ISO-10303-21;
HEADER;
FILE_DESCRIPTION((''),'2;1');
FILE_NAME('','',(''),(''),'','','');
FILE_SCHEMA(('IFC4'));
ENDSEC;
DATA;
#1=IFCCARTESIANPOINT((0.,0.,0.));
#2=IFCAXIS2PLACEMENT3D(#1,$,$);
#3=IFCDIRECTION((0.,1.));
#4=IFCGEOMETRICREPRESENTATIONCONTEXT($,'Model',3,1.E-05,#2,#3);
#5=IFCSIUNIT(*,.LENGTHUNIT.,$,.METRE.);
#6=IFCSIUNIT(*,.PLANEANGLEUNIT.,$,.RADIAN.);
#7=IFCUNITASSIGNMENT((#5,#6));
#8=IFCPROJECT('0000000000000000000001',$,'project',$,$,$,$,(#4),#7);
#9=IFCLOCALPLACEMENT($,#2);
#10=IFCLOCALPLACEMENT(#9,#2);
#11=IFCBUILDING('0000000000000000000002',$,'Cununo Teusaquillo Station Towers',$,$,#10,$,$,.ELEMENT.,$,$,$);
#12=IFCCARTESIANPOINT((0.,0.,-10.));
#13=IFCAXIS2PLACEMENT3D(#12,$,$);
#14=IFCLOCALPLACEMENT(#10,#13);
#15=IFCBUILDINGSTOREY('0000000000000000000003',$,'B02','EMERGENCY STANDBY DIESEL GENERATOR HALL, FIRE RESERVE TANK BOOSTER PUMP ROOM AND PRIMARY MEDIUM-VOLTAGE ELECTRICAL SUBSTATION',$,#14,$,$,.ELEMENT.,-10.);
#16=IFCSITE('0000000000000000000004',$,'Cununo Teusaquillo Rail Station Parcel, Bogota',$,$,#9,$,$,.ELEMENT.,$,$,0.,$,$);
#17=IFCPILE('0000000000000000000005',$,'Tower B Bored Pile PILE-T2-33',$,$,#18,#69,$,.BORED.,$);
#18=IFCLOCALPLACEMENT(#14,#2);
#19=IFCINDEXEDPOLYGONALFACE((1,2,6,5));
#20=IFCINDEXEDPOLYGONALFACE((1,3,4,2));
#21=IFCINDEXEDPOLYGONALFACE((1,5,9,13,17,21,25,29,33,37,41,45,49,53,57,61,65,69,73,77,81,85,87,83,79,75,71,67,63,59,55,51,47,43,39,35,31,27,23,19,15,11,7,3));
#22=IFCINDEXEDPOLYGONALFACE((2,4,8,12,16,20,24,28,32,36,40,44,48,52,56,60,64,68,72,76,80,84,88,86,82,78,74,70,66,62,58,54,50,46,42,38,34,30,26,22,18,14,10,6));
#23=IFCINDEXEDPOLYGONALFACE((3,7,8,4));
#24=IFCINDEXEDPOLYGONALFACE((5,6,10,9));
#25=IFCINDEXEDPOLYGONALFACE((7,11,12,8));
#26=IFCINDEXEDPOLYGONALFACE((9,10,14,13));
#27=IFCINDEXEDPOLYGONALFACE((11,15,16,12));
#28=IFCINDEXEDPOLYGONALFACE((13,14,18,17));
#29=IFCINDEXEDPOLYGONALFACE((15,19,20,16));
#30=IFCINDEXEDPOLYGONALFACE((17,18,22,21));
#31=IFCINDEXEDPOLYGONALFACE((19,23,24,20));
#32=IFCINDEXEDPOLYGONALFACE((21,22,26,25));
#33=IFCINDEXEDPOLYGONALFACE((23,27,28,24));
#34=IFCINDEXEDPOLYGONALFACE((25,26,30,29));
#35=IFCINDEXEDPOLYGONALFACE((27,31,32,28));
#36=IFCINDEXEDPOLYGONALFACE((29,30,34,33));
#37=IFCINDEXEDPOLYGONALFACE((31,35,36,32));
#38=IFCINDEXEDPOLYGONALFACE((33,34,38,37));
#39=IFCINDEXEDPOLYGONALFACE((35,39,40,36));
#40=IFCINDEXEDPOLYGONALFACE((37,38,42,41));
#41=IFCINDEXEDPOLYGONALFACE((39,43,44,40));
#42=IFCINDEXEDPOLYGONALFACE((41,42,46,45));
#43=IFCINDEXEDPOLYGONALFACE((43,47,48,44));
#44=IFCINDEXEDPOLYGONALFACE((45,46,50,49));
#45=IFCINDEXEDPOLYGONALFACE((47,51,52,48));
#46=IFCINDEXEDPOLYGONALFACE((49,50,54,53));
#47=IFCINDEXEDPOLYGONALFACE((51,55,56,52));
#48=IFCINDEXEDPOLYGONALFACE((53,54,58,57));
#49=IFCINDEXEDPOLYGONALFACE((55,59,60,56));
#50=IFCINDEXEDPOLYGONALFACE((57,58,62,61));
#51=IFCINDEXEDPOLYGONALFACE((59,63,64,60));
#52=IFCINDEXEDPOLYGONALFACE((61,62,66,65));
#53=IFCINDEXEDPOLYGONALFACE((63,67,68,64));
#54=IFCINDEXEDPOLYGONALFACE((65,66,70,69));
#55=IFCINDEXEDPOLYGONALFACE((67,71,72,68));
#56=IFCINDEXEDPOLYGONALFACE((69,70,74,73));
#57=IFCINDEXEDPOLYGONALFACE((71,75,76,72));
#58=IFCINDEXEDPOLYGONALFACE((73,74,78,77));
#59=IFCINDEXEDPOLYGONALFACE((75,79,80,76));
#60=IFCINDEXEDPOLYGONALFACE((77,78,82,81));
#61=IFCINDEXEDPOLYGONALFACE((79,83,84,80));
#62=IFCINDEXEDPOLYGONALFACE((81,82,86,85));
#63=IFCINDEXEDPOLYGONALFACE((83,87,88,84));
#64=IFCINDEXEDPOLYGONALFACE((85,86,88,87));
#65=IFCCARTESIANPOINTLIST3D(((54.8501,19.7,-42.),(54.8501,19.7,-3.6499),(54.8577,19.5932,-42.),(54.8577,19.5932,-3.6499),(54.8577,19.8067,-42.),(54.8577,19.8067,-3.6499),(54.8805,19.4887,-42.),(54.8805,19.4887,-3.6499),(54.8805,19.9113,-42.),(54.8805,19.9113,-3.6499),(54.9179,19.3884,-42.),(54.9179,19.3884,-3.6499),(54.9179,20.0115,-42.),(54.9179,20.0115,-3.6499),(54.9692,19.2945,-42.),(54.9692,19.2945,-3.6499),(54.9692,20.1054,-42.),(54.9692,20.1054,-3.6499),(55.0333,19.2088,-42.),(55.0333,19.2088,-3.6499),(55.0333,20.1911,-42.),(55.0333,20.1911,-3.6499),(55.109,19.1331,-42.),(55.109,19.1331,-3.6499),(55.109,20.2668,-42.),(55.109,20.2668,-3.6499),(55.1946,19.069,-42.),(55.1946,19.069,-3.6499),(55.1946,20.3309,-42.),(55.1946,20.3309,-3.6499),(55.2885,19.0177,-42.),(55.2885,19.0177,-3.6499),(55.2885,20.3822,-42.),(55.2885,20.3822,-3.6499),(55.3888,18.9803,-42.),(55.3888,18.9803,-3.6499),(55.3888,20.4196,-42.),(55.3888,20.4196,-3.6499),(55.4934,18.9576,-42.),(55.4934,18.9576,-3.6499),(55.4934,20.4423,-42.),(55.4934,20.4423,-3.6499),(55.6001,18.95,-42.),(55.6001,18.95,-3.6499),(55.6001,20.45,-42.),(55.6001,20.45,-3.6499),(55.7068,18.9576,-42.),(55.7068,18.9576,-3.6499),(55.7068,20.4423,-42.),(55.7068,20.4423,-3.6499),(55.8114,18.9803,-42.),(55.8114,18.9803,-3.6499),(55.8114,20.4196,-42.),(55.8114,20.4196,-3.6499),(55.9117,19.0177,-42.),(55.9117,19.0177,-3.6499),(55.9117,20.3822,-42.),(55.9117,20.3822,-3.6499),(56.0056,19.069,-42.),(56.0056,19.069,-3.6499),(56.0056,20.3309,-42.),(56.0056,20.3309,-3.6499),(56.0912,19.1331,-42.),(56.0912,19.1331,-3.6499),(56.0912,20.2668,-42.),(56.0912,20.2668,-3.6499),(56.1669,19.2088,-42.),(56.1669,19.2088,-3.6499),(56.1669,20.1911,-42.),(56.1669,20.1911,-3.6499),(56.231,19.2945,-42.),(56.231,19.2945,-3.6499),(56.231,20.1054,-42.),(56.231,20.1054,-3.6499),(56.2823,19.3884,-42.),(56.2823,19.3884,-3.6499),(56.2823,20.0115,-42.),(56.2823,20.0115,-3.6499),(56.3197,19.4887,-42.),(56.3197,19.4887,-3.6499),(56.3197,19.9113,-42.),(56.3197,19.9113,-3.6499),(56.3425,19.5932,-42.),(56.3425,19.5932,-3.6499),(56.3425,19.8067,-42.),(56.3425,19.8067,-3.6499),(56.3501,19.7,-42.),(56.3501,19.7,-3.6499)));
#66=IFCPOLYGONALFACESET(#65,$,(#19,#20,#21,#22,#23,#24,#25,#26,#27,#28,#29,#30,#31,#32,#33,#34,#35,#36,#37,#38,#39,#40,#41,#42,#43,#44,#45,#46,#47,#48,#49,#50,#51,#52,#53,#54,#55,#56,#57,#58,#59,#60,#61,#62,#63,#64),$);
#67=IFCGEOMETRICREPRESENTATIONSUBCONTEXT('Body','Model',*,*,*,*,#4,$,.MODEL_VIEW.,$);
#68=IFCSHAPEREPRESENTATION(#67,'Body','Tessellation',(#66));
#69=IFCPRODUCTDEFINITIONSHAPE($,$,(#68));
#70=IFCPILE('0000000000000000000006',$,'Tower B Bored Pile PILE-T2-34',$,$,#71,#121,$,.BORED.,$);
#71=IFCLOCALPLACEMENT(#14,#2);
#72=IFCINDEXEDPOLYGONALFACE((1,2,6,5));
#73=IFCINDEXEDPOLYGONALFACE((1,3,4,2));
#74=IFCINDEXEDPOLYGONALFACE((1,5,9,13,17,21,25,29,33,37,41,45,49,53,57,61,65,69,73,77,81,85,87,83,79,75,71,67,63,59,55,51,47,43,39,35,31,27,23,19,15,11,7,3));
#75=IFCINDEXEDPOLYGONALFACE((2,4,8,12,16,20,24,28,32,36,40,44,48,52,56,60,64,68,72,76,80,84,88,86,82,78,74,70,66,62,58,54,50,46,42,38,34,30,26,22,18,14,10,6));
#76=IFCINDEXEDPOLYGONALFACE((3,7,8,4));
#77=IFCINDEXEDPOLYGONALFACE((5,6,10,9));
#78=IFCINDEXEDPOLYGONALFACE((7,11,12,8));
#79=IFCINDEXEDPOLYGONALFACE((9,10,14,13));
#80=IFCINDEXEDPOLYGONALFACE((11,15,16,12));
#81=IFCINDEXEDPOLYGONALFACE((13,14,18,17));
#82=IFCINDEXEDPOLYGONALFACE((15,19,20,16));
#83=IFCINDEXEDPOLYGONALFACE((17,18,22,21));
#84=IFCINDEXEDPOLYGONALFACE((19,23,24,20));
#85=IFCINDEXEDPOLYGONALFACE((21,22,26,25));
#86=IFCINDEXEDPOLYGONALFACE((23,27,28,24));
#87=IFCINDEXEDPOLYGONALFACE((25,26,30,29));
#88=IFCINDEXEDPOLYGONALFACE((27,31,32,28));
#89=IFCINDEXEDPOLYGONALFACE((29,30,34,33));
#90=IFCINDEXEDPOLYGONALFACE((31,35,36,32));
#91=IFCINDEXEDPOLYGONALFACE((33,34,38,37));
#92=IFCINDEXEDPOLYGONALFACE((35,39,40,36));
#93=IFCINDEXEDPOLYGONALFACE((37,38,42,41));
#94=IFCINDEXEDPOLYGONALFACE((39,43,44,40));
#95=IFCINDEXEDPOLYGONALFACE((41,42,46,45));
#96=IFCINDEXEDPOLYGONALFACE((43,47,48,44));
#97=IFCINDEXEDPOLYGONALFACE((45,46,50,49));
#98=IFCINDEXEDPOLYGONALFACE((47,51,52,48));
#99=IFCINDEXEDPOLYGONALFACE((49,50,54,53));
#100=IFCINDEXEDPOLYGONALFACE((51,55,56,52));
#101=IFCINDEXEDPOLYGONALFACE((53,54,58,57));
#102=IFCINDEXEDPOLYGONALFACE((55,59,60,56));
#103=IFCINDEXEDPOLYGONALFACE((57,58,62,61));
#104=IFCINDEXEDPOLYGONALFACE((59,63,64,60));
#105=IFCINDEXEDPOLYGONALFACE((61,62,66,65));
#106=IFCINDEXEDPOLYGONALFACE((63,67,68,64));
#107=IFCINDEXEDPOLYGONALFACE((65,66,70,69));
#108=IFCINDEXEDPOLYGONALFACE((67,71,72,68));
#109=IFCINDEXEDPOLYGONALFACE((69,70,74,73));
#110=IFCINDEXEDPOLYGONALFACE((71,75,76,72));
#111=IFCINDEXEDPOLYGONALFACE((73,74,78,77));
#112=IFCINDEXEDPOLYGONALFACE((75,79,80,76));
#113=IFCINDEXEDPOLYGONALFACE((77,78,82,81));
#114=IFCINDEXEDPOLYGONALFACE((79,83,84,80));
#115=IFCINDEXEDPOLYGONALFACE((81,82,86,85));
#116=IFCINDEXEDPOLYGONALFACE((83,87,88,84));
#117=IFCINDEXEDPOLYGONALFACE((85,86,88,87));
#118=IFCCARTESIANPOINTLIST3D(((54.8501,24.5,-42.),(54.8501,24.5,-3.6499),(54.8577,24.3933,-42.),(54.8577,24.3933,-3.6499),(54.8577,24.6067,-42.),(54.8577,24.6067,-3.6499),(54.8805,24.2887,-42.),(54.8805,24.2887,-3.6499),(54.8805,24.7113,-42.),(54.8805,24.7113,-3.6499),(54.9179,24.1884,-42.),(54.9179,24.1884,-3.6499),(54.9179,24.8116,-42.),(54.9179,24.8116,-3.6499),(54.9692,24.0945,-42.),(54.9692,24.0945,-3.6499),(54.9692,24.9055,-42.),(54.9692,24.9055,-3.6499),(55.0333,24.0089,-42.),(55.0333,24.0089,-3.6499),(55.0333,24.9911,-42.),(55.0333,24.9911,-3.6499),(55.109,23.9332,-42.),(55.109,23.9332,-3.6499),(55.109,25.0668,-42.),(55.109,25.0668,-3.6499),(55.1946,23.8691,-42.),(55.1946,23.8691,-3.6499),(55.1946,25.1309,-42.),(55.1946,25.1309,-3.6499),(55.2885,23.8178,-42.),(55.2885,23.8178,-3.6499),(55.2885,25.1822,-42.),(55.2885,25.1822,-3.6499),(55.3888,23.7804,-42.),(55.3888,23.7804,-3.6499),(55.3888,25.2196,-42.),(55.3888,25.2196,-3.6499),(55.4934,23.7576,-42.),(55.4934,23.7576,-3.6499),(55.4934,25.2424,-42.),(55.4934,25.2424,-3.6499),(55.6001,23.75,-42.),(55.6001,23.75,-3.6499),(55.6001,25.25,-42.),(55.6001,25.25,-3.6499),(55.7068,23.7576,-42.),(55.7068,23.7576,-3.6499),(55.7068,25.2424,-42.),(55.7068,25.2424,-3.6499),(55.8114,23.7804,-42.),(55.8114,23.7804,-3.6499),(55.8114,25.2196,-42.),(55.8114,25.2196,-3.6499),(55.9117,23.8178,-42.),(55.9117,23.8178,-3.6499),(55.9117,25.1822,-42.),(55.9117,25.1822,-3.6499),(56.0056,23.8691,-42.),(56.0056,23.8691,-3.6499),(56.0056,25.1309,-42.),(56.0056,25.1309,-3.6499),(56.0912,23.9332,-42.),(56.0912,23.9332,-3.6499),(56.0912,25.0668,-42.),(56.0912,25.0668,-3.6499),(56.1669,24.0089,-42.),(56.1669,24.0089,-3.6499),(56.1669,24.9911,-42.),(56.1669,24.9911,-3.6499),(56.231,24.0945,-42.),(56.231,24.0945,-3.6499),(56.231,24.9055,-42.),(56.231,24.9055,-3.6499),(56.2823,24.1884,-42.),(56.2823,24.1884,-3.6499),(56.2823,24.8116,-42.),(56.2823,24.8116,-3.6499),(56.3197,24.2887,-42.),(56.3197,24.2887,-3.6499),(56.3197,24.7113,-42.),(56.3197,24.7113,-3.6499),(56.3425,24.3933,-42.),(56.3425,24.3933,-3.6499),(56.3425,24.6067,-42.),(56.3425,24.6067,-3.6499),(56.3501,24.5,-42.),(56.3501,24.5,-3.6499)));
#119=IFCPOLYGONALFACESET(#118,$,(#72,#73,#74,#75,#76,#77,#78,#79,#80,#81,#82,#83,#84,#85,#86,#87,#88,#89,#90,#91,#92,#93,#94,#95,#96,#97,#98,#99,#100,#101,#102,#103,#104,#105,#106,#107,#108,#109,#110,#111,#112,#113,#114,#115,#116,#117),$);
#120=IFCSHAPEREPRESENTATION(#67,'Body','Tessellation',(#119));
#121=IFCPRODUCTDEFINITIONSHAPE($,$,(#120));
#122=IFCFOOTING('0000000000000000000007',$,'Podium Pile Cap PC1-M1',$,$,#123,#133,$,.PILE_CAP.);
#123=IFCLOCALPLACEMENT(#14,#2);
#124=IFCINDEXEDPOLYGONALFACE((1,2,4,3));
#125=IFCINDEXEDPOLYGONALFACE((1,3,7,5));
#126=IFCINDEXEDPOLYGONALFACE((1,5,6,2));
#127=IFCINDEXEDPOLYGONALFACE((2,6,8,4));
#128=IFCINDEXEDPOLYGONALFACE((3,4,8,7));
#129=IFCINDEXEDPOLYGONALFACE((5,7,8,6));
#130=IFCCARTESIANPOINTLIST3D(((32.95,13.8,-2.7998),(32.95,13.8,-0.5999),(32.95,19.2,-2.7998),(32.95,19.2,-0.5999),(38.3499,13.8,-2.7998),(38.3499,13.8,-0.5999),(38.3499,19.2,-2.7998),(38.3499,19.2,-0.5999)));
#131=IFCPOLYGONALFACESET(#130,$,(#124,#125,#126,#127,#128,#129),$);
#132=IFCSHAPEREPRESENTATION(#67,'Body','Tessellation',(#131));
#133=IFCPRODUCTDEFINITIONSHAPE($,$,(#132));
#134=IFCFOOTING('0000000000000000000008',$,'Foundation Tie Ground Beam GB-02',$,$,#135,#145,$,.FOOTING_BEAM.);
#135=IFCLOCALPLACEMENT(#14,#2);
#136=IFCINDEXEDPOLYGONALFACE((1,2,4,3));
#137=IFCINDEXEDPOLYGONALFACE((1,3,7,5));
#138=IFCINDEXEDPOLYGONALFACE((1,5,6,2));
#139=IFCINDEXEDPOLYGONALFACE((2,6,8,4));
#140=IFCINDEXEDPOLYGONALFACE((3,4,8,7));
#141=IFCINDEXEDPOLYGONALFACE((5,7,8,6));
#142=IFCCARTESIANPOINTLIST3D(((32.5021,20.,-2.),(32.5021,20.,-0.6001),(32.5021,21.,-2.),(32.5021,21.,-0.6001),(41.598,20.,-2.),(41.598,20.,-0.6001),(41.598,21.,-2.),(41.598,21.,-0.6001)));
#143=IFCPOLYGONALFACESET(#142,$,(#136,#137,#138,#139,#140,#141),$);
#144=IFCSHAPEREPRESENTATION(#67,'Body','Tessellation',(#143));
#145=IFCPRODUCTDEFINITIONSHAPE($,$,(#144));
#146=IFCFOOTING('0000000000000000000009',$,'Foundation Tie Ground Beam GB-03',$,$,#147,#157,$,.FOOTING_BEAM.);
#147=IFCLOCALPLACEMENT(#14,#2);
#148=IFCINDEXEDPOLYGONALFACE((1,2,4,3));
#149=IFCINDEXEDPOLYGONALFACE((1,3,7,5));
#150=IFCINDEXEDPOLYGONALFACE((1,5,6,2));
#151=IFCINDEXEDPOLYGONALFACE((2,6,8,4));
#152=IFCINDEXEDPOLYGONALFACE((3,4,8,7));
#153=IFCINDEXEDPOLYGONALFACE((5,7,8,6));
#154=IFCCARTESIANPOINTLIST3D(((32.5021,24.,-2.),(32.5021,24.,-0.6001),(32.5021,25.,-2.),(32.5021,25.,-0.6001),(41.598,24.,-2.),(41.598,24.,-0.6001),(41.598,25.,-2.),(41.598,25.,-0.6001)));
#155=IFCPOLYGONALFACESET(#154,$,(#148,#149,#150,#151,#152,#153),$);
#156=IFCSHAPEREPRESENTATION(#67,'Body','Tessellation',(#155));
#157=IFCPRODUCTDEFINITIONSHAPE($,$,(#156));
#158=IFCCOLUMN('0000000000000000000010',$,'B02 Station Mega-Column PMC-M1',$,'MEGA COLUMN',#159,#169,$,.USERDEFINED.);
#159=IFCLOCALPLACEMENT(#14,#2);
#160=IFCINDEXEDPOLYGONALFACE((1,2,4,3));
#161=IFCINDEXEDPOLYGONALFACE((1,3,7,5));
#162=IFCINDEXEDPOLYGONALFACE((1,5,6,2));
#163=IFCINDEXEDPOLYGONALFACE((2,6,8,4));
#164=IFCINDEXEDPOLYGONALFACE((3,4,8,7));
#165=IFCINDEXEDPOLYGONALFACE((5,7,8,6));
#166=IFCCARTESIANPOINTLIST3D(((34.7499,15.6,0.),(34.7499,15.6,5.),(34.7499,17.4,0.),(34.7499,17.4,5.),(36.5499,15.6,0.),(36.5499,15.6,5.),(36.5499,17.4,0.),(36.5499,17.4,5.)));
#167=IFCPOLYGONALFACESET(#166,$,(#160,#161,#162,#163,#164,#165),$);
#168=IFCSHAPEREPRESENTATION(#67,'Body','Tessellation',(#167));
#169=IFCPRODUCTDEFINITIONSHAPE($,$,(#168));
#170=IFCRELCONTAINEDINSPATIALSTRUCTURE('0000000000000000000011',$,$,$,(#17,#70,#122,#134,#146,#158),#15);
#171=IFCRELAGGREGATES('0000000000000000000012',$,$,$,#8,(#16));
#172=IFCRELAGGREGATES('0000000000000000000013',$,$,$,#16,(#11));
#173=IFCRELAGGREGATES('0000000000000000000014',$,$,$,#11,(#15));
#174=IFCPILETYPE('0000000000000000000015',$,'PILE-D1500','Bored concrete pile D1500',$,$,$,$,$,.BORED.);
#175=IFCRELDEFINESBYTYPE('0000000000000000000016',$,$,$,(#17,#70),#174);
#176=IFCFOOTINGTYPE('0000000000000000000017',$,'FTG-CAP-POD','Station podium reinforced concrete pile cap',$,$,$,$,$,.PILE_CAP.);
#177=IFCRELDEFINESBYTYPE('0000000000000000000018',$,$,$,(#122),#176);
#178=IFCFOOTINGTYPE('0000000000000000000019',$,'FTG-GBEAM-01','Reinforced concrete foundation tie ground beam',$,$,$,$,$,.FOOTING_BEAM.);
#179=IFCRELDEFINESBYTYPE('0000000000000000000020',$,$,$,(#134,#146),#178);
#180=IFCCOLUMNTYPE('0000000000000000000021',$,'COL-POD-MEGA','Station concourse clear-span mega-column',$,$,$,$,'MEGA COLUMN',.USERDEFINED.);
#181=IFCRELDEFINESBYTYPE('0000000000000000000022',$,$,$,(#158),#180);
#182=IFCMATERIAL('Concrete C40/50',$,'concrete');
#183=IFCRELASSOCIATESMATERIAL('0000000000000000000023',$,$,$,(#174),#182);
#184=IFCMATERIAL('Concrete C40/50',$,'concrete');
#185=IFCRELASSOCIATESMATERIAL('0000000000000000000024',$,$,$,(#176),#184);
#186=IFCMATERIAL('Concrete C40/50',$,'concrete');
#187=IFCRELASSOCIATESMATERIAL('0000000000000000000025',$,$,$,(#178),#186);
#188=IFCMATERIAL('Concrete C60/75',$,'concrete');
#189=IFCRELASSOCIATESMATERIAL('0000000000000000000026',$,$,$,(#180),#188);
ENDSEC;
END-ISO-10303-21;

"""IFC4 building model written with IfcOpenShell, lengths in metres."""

from ifc_helpers import new_model, si_unit, direction, frame, origin, origin_2d, place, context, subcontext, project, spatial, rectangle, circle, extrude, source, transform, mapped, material, material_profile, profile_set, type_object, element, save


model = new_model("IFC4")

# Units and contexts
model_context = context("Model", 3, precision=1e-05, world=origin(), true_north=direction((0.0, 1.0)))
body_context = subcontext(model_context, "Body", "Model", "MODEL_VIEW")
ifc_project = project(units=[si_unit("LENGTHUNIT", "METRE"), si_unit("PLANEANGLEUNIT", "RADIAN")], contexts=[model_context])

# Site, building, storey
site_placement = place(None, origin())
site = spatial("IfcSite", under=ifc_project, at=site_placement, Name="Cununo Teusaquillo Rail Station Parcel, Bogota", CompositionType="ELEMENT", RefElevation=0.0)
building_placement = place(site_placement, origin())
building = spatial("IfcBuilding", under=site, at=building_placement, Name="Cununo Teusaquillo Station Towers", CompositionType="ELEMENT")
storey_placement = place(building_placement, frame((0.0, 0.0, -10.0)))
storey = spatial("IfcBuildingStorey", under=building, at=storey_placement, Name="B02", Description="EMERGENCY STANDBY DIESEL GENERATOR HALL, FIRE RESERVE TANK BOOSTER PUMP ROOM AND PRIMARY MEDIUM-VOLTAGE ELECTRICAL SUBSTATION", CompositionType="ELEMENT", Elevation=-10.0)

# Piles
ifc_material_1 = material(Name="Concrete C40/50", Category="concrete")
ifc_material_profile_1 = material_profile(ifc_material_1, circle(Radius=0.75, at=origin_2d()), Name="PILE-BORED-1500")
ifc_profile_set_1 = profile_set([ifc_material_profile_1], Name="Concrete C40/50")
pile_type_1 = type_object("IfcPileType", Name="PILE-D1500", Description="Bored concrete pile D1500", PredefinedType="BORED", material=ifc_profile_set_1)
for number, where, z_axis, x_axis, name in (
    (1, (55.6001, 19.7, -3.6499), (0.0, 0.0, -1.0), (1.0, 0.0, 0.0), "Tower B Bored Pile PILE-T2-33"),
    (2, (55.6001, 24.5, -3.6499), (0.0, 0.0, -1.0), (1.0, 0.0, 0.0), "Tower B Bored Pile PILE-T2-34"),
):
    element("IfcPile", number, at=place(storey_placement, frame(where, z_axis=z_axis, x_axis=x_axis)), inside=storey, type_object=pile_type_1, Name=name, PredefinedType="BORED", context=body_context, shape_type="SweptSolid", body=[
        extrude(circle(Radius=0.75, at=origin_2d()), origin(), (0.0, 0.0, 1.0), 38.3501),
    ])

# Footings
ifc_material_2 = material(Name="Concrete C40/50", Category="concrete")
footing_type_1 = type_object("IfcFootingType", Name="FTG-CAP-POD", Description="Station podium reinforced concrete pile cap", PredefinedType="PILE_CAP", material=ifc_material_2)
shared_shape_1 = source(origin(), body_context, "Body", "SweptSolid", [
    extrude(rectangle(XDim=5.3999, YDim=5.3999, at=origin_2d()), origin(), (0.0, 0.0, 1.0), 2.2),
])
footing_placement = place(storey_placement, frame((35.6499, 16.5, -2.7998), z_axis=(0.0, 0.0, 1.0), x_axis=(1.0, 0.0, 0.0)))
element("IfcFooting", 3, at=footing_placement, inside=storey, type_object=footing_type_1, Name="Podium Pile Cap PC1-M1", PredefinedType="PILE_CAP", context=body_context, shape_type="MappedRepresentation", body=[
    mapped(shared_shape_1, transform((0.0, 0.0, 0.0), x_axis=(1.0, 0.0, 0.0), y_axis=(0.0, 1.0, 0.0), z_axis=(0.0, 0.0, 1.0), scale=1.0)),
])
ifc_material_3 = material(Name="Concrete C40/50", Category="concrete")
footing_type_2 = type_object("IfcFootingType", Name="FTG-GBEAM-01", Description="Reinforced concrete foundation tie ground beam", PredefinedType="FOOTING_BEAM", material=ifc_material_3)
shared_shape_2 = source(origin(), body_context, "Body", "SweptSolid", [
    extrude(rectangle(XDim=9.0959, YDim=1.0, at=origin_2d()), origin(), (0.0, 0.0, 1.0), 1.3999),
])
for number, where, z_axis, x_axis, name in (
    (4, (37.05, 20.5, -2.0), (0.0, 0.0, 1.0), (1.0, 0.0, 0.0), "Foundation Tie Ground Beam GB-02"),
    (5, (37.05, 24.5, -2.0), (0.0, 0.0, 1.0), (1.0, 0.0, 0.0), "Foundation Tie Ground Beam GB-03"),
):
    element("IfcFooting", number, at=place(storey_placement, frame(where, z_axis=z_axis, x_axis=x_axis)), inside=storey, type_object=footing_type_2, Name=name, PredefinedType="FOOTING_BEAM", context=body_context, shape_type="MappedRepresentation", body=[
        mapped(shared_shape_2, transform((0.0, 0.0, 0.0), x_axis=(1.0, 0.0, 0.0), y_axis=(0.0, 1.0, 0.0), z_axis=(0.0, 0.0, 1.0), scale=1.0)),
    ])

# Column
ifc_material_4 = material(Name="Concrete C60/75", Category="concrete")
ifc_material_profile_2 = material_profile(ifc_material_4, rectangle(XDim=1.8, YDim=1.8, at=origin_2d()), Name="RC-RECT-1800x1800")
ifc_profile_set_2 = profile_set([ifc_material_profile_2], Name="Concrete C60/75")
column_type = type_object("IfcColumnType", Name="COL-POD-MEGA", Description="Station concourse clear-span mega-column", ElementType="MEGA COLUMN", PredefinedType="USERDEFINED", material=ifc_profile_set_2)
column_placement = place(storey_placement, frame((35.6499, 16.5, 0.0), z_axis=(0.0, 0.0, 1.0), x_axis=(1.0, 0.0, 0.0)))
element("IfcColumn", 6, at=column_placement, inside=storey, type_object=column_type, Name="B02 Station Mega-Column PMC-M1", ObjectType="MEGA COLUMN", PredefinedType="USERDEFINED", context=body_context, shape_type="SweptSolid", body=[
    extrude(rectangle(XDim=1.8, YDim=1.8, at=origin_2d()), origin(), (0.0, 0.0, 1.0), 5.0),
])

save(model, "model.ifc")
